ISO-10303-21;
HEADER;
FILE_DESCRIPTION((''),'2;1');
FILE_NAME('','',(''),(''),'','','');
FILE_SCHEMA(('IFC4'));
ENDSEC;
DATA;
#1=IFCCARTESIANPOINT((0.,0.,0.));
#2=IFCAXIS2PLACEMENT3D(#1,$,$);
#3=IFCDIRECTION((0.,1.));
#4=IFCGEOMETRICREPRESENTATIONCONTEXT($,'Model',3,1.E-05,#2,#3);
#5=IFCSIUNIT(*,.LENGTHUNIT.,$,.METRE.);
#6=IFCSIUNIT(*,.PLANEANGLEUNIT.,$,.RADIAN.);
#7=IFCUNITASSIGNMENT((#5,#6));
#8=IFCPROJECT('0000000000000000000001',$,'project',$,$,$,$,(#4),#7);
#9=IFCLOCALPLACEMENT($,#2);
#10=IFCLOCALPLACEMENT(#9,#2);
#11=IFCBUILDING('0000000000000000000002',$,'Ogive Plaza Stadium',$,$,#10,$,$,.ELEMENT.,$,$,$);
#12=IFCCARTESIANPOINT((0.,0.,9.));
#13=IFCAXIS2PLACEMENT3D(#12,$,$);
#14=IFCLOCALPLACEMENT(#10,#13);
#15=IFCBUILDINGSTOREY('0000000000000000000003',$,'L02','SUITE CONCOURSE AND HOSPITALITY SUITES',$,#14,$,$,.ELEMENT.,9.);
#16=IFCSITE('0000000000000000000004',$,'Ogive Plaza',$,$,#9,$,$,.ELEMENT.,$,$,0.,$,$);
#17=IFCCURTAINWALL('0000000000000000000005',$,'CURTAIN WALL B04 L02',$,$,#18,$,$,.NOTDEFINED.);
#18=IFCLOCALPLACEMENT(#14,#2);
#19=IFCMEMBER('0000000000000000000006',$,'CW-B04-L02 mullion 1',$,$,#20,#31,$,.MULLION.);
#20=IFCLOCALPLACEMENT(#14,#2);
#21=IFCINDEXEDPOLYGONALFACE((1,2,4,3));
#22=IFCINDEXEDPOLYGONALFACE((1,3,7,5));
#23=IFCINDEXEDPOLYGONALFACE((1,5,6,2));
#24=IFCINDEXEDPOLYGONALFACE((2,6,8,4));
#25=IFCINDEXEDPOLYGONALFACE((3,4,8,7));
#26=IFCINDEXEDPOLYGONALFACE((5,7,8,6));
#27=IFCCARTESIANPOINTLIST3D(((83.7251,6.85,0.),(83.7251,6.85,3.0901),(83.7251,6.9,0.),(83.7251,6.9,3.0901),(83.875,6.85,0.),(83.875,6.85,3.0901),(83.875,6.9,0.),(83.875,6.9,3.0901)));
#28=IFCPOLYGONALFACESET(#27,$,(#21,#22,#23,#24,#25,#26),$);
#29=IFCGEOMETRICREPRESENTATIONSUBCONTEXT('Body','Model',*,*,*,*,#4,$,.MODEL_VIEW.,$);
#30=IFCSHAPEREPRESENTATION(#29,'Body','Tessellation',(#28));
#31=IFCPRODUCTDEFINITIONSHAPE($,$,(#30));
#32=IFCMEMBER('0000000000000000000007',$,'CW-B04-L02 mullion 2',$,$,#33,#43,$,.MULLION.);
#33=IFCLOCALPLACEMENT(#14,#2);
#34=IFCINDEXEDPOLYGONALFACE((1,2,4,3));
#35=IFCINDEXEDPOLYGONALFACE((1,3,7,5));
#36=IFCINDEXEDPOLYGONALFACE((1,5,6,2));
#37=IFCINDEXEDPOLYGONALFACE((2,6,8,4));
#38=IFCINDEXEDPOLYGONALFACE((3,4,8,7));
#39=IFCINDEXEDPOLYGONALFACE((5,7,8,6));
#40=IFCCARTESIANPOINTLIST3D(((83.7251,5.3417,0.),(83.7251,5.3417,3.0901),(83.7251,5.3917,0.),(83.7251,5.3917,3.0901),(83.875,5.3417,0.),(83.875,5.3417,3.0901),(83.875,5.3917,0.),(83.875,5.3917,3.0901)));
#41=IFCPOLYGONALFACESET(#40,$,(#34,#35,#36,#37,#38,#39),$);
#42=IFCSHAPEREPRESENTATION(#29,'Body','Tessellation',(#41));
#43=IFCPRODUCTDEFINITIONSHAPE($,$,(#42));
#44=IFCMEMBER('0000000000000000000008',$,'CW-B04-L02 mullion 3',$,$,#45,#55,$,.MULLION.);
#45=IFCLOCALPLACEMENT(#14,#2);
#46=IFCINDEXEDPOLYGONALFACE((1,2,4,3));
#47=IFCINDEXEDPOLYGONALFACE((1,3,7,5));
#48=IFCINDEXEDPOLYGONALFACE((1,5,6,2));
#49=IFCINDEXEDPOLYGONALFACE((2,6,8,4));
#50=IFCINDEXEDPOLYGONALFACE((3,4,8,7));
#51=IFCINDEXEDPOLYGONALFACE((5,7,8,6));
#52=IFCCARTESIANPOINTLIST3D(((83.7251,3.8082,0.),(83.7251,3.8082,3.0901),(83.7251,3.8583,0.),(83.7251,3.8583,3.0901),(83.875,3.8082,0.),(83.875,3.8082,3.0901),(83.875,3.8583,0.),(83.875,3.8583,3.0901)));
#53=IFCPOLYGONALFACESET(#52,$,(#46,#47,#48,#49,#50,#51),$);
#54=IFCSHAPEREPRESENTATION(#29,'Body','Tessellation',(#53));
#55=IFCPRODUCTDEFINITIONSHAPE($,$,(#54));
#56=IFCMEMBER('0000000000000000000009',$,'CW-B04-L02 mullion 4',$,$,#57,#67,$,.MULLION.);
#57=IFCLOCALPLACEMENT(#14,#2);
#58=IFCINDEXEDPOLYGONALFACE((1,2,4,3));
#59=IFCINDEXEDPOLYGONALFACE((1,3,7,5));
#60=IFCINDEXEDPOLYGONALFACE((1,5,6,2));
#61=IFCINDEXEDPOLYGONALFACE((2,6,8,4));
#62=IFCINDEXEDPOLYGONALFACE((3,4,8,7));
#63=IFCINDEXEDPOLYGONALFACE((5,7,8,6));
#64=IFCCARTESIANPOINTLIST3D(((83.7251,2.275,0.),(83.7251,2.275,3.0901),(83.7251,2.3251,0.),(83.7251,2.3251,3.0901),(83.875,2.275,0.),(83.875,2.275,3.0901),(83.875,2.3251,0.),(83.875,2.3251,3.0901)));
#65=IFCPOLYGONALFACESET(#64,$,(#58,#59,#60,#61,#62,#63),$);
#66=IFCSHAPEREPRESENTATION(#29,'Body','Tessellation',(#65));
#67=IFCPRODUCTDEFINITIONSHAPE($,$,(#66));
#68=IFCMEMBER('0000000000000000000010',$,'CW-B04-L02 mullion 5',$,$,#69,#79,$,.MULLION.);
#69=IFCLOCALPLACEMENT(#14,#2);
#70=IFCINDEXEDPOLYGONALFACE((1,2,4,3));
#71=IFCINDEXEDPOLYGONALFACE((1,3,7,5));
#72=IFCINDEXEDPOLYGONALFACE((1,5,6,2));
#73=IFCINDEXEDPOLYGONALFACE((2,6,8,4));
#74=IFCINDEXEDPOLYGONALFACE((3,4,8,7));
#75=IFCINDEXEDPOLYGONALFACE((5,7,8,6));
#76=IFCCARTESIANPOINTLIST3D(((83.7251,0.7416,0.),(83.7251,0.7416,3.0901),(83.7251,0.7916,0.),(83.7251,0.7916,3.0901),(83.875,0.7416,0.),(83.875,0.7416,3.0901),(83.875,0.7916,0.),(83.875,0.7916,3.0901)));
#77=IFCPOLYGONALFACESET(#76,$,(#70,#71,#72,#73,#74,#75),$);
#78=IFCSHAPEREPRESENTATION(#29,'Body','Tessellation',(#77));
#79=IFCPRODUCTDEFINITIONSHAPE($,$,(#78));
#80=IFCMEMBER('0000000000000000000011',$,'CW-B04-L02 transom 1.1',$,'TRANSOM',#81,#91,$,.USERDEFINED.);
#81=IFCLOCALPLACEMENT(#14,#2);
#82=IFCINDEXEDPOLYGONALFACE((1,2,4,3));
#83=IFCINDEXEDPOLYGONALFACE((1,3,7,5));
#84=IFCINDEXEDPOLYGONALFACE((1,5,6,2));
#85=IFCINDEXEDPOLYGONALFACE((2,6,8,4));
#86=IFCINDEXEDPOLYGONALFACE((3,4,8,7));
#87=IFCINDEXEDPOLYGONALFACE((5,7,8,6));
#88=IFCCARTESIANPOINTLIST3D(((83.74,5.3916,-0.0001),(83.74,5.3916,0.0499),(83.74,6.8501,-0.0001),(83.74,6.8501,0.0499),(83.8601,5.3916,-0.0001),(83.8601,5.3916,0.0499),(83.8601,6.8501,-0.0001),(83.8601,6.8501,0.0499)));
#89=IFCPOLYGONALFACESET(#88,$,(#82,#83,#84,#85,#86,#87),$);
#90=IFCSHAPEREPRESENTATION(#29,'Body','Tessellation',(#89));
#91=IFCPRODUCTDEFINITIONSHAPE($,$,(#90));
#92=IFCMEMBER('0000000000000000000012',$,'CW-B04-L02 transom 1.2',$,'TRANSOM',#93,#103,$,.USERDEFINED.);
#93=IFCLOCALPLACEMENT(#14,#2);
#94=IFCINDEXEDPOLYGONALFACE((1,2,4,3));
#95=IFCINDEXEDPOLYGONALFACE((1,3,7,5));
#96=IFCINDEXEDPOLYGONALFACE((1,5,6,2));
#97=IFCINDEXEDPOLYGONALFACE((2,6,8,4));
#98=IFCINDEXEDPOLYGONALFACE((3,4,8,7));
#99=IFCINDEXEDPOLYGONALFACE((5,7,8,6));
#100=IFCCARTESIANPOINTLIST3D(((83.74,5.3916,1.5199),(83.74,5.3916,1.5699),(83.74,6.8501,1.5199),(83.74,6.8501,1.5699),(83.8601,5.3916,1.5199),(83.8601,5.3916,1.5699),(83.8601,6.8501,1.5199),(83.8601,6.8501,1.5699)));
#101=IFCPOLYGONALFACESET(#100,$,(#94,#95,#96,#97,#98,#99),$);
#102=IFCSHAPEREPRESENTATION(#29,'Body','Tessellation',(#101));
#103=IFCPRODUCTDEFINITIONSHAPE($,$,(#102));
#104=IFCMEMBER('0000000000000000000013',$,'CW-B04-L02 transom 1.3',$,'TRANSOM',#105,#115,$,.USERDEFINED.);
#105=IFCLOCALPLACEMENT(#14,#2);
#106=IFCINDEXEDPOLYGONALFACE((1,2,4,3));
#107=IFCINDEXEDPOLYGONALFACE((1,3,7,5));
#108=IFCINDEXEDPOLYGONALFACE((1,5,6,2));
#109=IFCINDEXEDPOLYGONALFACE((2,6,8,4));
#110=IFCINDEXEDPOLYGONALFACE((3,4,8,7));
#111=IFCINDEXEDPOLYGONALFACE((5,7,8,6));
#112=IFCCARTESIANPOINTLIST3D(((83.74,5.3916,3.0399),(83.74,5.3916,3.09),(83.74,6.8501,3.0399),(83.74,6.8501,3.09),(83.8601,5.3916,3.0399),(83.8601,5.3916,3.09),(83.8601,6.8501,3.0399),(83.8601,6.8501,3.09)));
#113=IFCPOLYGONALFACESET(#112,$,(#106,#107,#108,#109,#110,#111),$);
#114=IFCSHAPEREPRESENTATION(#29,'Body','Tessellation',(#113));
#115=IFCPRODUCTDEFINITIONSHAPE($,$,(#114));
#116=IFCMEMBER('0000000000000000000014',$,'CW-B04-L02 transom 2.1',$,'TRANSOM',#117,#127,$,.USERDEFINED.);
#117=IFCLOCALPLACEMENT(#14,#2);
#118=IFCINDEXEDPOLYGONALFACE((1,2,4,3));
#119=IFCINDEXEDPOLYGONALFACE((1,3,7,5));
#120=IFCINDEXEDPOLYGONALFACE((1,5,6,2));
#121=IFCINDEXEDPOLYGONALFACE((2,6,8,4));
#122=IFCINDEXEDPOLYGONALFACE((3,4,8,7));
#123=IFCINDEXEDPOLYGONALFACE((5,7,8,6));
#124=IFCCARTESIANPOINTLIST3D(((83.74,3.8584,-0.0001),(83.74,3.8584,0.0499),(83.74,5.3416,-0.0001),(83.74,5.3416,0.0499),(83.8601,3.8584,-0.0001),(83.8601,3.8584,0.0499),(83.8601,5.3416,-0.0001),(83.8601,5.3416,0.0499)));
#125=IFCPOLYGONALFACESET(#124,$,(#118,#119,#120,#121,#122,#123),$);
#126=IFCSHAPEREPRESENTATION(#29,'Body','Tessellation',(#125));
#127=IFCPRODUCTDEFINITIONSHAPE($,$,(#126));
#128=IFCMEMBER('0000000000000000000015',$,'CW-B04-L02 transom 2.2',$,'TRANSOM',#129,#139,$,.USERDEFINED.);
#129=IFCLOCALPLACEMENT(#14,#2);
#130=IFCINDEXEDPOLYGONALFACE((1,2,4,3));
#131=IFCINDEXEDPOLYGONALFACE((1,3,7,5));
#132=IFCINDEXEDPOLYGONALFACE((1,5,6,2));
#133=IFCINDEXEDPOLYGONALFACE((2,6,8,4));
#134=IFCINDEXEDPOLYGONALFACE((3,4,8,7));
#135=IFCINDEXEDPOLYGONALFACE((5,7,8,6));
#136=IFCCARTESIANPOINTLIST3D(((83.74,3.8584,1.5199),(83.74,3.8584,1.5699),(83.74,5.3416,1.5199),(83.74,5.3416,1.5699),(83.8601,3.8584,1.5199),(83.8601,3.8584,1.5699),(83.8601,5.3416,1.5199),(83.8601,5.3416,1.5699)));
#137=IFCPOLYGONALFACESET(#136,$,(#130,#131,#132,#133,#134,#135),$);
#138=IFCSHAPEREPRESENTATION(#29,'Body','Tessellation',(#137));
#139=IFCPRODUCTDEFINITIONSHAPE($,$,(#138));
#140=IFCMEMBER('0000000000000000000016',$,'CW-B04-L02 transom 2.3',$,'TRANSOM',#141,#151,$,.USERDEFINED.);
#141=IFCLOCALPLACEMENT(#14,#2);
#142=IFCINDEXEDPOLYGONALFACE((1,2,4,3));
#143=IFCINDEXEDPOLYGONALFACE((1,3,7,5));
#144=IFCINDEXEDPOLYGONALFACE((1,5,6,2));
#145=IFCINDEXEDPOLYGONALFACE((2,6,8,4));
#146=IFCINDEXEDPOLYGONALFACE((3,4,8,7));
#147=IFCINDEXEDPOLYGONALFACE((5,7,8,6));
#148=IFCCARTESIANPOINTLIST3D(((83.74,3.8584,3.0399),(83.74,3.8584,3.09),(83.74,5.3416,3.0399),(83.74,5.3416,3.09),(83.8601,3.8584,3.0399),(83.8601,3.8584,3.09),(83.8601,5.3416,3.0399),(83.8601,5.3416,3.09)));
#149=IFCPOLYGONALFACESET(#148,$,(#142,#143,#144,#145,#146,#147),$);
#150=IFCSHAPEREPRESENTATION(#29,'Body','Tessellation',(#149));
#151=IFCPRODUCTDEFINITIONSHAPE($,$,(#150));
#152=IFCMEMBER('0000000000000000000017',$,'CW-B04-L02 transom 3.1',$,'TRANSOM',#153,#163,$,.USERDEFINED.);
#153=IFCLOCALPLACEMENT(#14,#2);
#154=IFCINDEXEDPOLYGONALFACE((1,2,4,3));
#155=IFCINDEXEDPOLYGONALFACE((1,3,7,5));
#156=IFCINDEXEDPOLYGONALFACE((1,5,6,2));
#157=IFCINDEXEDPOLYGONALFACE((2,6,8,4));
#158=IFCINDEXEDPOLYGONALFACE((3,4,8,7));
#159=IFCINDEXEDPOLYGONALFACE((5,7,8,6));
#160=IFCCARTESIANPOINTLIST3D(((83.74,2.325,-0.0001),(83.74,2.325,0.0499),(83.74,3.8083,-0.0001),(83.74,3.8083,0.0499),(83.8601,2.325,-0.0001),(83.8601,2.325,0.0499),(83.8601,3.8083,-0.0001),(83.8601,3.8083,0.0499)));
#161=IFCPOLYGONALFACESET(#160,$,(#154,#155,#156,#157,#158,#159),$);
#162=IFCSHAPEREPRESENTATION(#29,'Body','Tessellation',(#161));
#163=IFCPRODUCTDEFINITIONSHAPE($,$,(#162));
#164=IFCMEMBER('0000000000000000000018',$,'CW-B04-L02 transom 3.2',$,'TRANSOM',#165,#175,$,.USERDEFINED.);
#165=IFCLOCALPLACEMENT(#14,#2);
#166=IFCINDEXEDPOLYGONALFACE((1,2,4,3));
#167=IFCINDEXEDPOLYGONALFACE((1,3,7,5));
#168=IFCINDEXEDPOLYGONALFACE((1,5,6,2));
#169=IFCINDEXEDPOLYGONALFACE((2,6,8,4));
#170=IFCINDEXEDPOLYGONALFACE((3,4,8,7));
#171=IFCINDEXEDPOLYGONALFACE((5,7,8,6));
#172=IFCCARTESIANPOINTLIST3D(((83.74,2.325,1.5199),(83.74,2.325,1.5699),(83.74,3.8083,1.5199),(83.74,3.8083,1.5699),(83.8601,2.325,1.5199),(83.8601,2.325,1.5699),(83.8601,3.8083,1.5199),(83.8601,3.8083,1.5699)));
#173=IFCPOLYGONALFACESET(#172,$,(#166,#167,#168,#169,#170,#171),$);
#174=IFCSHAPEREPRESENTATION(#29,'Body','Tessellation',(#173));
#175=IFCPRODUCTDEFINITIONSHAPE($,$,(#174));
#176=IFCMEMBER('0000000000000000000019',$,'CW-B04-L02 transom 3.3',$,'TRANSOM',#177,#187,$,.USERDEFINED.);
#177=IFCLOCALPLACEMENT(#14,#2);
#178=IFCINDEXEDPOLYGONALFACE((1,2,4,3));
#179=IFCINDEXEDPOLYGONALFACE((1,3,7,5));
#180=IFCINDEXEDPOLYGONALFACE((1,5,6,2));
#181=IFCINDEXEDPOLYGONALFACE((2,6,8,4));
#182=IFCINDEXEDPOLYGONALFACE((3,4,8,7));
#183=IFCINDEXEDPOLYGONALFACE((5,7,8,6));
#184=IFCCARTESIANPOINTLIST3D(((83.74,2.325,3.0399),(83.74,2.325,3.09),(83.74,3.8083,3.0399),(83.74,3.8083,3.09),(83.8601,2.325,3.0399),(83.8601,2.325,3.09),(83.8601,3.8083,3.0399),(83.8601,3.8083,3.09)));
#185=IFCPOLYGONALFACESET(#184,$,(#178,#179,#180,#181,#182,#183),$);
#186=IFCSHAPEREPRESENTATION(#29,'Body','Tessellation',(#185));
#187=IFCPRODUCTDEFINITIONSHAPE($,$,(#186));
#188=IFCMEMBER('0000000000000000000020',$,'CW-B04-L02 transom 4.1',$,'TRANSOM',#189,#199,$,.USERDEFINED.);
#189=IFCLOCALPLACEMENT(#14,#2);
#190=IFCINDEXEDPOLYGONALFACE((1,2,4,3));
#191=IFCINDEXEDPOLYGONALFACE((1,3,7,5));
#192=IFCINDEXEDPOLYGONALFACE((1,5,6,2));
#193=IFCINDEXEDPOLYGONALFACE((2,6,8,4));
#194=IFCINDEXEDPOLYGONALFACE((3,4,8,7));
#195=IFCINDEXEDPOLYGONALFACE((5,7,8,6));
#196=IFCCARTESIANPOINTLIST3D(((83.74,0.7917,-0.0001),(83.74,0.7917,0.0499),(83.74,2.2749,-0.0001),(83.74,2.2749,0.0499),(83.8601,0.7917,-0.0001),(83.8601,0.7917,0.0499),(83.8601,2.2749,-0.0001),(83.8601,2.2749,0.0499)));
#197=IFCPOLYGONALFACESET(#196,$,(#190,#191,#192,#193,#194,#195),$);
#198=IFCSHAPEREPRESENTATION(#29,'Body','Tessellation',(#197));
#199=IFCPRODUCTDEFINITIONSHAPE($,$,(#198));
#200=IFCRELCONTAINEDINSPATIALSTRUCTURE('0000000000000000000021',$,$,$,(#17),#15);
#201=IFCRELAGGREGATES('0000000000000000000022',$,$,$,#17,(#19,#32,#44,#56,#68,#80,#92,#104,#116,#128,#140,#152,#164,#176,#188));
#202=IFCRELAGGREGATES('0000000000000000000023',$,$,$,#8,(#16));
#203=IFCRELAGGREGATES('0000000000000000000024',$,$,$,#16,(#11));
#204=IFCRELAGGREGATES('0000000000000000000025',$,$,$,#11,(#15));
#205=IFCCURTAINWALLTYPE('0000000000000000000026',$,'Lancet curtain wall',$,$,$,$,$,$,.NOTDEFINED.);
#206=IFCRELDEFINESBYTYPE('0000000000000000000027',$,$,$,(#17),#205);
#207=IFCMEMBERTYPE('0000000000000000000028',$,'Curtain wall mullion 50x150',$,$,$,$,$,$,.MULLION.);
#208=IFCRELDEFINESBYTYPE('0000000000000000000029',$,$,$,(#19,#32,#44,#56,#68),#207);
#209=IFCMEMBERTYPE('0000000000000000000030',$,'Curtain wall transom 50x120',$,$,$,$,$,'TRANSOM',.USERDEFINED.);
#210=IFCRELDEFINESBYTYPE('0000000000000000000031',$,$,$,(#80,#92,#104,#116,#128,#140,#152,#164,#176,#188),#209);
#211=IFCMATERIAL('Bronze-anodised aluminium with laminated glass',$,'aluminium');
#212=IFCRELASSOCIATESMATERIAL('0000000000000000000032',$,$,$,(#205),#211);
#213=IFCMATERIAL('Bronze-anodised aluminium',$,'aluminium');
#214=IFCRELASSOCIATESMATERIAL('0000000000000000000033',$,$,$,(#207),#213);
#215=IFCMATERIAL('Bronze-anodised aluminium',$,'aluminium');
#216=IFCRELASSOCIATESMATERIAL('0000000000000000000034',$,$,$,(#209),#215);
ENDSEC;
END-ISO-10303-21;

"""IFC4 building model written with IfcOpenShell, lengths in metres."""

from ifc_helpers import new_model, si_unit, direction, frame, origin, origin_2d, place, context, subcontext, project, spatial, rectangle, extrude, material, material_profile, profile_set, type_object, element, aggregate, save


model = new_model("IFC4")

# Units and contexts
model_context = context("Model", 3, precision=1e-05, world=origin(), true_north=direction((0.0, 1.0)))
body_context = subcontext(model_context, "Body", "Model", "MODEL_VIEW")
ifc_project = project(units=[si_unit("LENGTHUNIT", "METRE"), si_unit("PLANEANGLEUNIT", "RADIAN")], contexts=[model_context])

# Site, building, storey
site_placement = place(None, origin())
site = spatial("IfcSite", under=ifc_project, at=site_placement, Name="Ogive Plaza", CompositionType="ELEMENT", RefElevation=0.0)
building_placement = place(site_placement, origin())
building = spatial("IfcBuilding", under=site, at=building_placement, Name="Ogive Plaza Stadium", CompositionType="ELEMENT")
storey_placement = place(building_placement, frame((0.0, 0.0, 9.0)))
storey = spatial("IfcBuildingStorey", under=building, at=storey_placement, Name="L02", Description="SUITE CONCOURSE AND HOSPITALITY SUITES", CompositionType="ELEMENT", Elevation=9.0)

# Curtain wall, members
ifc_material_1 = material(Name="Bronze-anodised aluminium with laminated glass", Category="aluminium")
curtain_wall_type = type_object("IfcCurtainWallType", Name="Lancet curtain wall", PredefinedType="NOTDEFINED", material=ifc_material_1)
curtain_wall_placement = place(storey_placement, origin())
curtain_wall = element("IfcCurtainWall", 1, at=curtain_wall_placement, inside=storey, type_object=curtain_wall_type, Name="CURTAIN WALL B04 L02", PredefinedType="NOTDEFINED")
ifc_material_2 = material(Name="Bronze-anodised aluminium", Category="aluminium")
ifc_material_profile_1 = material_profile(ifc_material_2, rectangle(XDim=0.1499, YDim=0.05, at=origin_2d()), Name="AL 150x50")
ifc_profile_set_1 = profile_set([ifc_material_profile_1], Name="Bronze-anodised aluminium")
member_type_1 = type_object("IfcMemberType", Name="Curtain wall mullion 50x150", PredefinedType="MULLION", material=ifc_profile_set_1)
member_1_placement = place(storey_placement, frame((83.8, 6.875, 0.0), z_axis=(0.0, 0.0, 1.0), x_axis=(1.0, 0.0, 0.0)))
member_1 = element("IfcMember", 2, at=member_1_placement, type_object=member_type_1, Name="CW-B04-L02 mullion 1", PredefinedType="MULLION", context=body_context, shape_type="SweptSolid", body=[
    extrude(rectangle(XDim=0.1499, YDim=0.05, at=origin_2d()), origin(), (0.0, 0.0, 1.0), 3.0901),
])
member_2_placement = place(storey_placement, frame((83.8, 5.3667, 0.0), z_axis=(0.0, 0.0, 1.0), x_axis=(1.0, 0.0, 0.0)))
member_2 = element("IfcMember", 3, at=member_2_placement, type_object=member_type_1, Name="CW-B04-L02 mullion 2", PredefinedType="MULLION", context=body_context, shape_type="SweptSolid", body=[
    extrude(rectangle(XDim=0.1499, YDim=0.05, at=origin_2d()), origin(), (0.0, 0.0, 1.0), 3.0901),
])
member_3_placement = place(storey_placement, frame((83.8, 3.8333, 0.0), z_axis=(0.0, 0.0, 1.0), x_axis=(1.0, 0.0, 0.0)))
member_3 = element("IfcMember", 4, at=member_3_placement, type_object=member_type_1, Name="CW-B04-L02 mullion 3", PredefinedType="MULLION", context=body_context, shape_type="SweptSolid", body=[
    extrude(rectangle(XDim=0.1499, YDim=0.05, at=origin_2d()), origin(), (0.0, 0.0, 1.0), 3.0901),
])
member_4_placement = place(storey_placement, frame((83.8, 2.3, 0.0), z_axis=(0.0, 0.0, 1.0), x_axis=(1.0, 0.0, 0.0)))
member_4 = element("IfcMember", 5, at=member_4_placement, type_object=member_type_1, Name="CW-B04-L02 mullion 4", PredefinedType="MULLION", context=body_context, shape_type="SweptSolid", body=[
    extrude(rectangle(XDim=0.1499, YDim=0.05, at=origin_2d()), origin(), (0.0, 0.0, 1.0), 3.0901),
])
member_5_placement = place(storey_placement, frame((83.8, 0.7666, 0.0), z_axis=(0.0, 0.0, 1.0), x_axis=(1.0, 0.0, 0.0)))
member_5 = element("IfcMember", 6, at=member_5_placement, type_object=member_type_1, Name="CW-B04-L02 mullion 5", PredefinedType="MULLION", context=body_context, shape_type="SweptSolid", body=[
    extrude(rectangle(XDim=0.1499, YDim=0.05, at=origin_2d()), origin(), (0.0, 0.0, 1.0), 3.0901),
])
ifc_material_3 = material(Name="Bronze-anodised aluminium", Category="aluminium")
ifc_material_profile_2 = material_profile(ifc_material_3, rectangle(XDim=0.1201, YDim=0.05, at=origin_2d()), Name="AL 120x50")
ifc_profile_set_2 = profile_set([ifc_material_profile_2], Name="Bronze-anodised aluminium")
member_type_2 = type_object("IfcMemberType", Name="Curtain wall transom 50x120", ElementType="TRANSOM", PredefinedType="USERDEFINED", material=ifc_profile_set_2)
member_6_placement = place(storey_placement, frame((83.8, 6.8501, 0.0249), z_axis=(0.0, -1.0, 0.0), x_axis=(1.0, 0.0, 0.0)))
member_6 = element("IfcMember", 7, at=member_6_placement, type_object=member_type_2, Name="CW-B04-L02 transom 1.1", ObjectType="TRANSOM", PredefinedType="USERDEFINED", context=body_context, shape_type="SweptSolid", body=[
    extrude(rectangle(XDim=0.1201, YDim=0.05, at=origin_2d()), origin(), (0.0, 0.0, 1.0), 1.4585),
])
member_7_placement = place(storey_placement, frame((83.8, 6.8501, 1.5449), z_axis=(0.0, -1.0, 0.0), x_axis=(1.0, 0.0, 0.0)))
member_7 = element("IfcMember", 8, at=member_7_placement, type_object=member_type_2, Name="CW-B04-L02 transom 1.2", ObjectType="TRANSOM", PredefinedType="USERDEFINED", context=body_context, shape_type="SweptSolid", body=[
    extrude(rectangle(XDim=0.1201, YDim=0.05, at=origin_2d()), origin(), (0.0, 0.0, 1.0), 1.4585),
])
member_8_placement = place(storey_placement, frame((83.8, 6.8501, 3.0649), z_axis=(0.0, -1.0, 0.0), x_axis=(1.0, 0.0, 0.0)))
member_8 = element("IfcMember", 9, at=member_8_placement, type_object=member_type_2, Name="CW-B04-L02 transom 1.3", ObjectType="TRANSOM", PredefinedType="USERDEFINED", context=body_context, shape_type="SweptSolid", body=[
    extrude(rectangle(XDim=0.1201, YDim=0.05, at=origin_2d()), origin(), (0.0, 0.0, 1.0), 1.4585),
])
member_9_placement = place(storey_placement, frame((83.8, 5.3416, 0.0249), z_axis=(0.0, -1.0, 0.0), x_axis=(1.0, 0.0, 0.0)))
member_9 = element("IfcMember", 10, at=member_9_placement, type_object=member_type_2, Name="CW-B04-L02 transom 2.1", ObjectType="TRANSOM", PredefinedType="USERDEFINED", context=body_context, shape_type="SweptSolid", body=[
    extrude(rectangle(XDim=0.1201, YDim=0.05, at=origin_2d()), origin(), (0.0, 0.0, 1.0), 1.4832),
])
member_10_placement = place(storey_placement, frame((83.8, 5.3416, 1.5449), z_axis=(0.0, -1.0, 0.0), x_axis=(1.0, 0.0, 0.0)))
member_10 = element("IfcMember", 11, at=member_10_placement, type_object=member_type_2, Name="CW-B04-L02 transom 2.2", ObjectType="TRANSOM", PredefinedType="USERDEFINED", context=body_context, shape_type="SweptSolid", body=[
    extrude(rectangle(XDim=0.1201, YDim=0.05, at=origin_2d()), origin(), (0.0, 0.0, 1.0), 1.4832),
])
member_11_placement = place(storey_placement, frame((83.8, 5.3416, 3.0649), z_axis=(0.0, -1.0, 0.0), x_axis=(1.0, 0.0, 0.0)))
member_11 = element("IfcMember", 12, at=member_11_placement, type_object=member_type_2, Name="CW-B04-L02 transom 2.3", ObjectType="TRANSOM", PredefinedType="USERDEFINED", context=body_context, shape_type="SweptSolid", body=[
    extrude(rectangle(XDim=0.1201, YDim=0.05, at=origin_2d()), origin(), (0.0, 0.0, 1.0), 1.4832),
])
member_12_placement = place(storey_placement, frame((83.8, 3.8083, 0.0249), z_axis=(0.0, -1.0, 0.0), x_axis=(1.0, 0.0, 0.0)))
member_12 = element("IfcMember", 13, at=member_12_placement, type_object=member_type_2, Name="CW-B04-L02 transom 3.1", ObjectType="TRANSOM", PredefinedType="USERDEFINED", context=body_context, shape_type="SweptSolid", body=[
    extrude(rectangle(XDim=0.1201, YDim=0.05, at=origin_2d()), origin(), (0.0, 0.0, 1.0), 1.4834),
])
member_13_placement = place(storey_placement, frame((83.8, 3.8083, 1.5449), z_axis=(0.0, -1.0, 0.0), x_axis=(1.0, 0.0, 0.0)))
member_13 = element("IfcMember", 14, at=member_13_placement, type_object=member_type_2, Name="CW-B04-L02 transom 3.2", ObjectType="TRANSOM", PredefinedType="USERDEFINED", context=body_context, shape_type="SweptSolid", body=[
    extrude(rectangle(XDim=0.1201, YDim=0.05, at=origin_2d()), origin(), (0.0, 0.0, 1.0), 1.4834),
])
member_14_placement = place(storey_placement, frame((83.8, 3.8083, 3.0649), z_axis=(0.0, -1.0, 0.0), x_axis=(1.0, 0.0, 0.0)))
member_14 = element("IfcMember", 15, at=member_14_placement, type_object=member_type_2, Name="CW-B04-L02 transom 3.3", ObjectType="TRANSOM", PredefinedType="USERDEFINED", context=body_context, shape_type="SweptSolid", body=[
    extrude(rectangle(XDim=0.1201, YDim=0.05, at=origin_2d()), origin(), (0.0, 0.0, 1.0), 1.4834),
])
member_15_placement = place(storey_placement, frame((83.8, 2.2749, 0.0249), z_axis=(0.0, -1.0, 0.0), x_axis=(1.0, 0.0, 0.0)))
member_15 = element("IfcMember", 16, at=member_15_placement, type_object=member_type_2, Name="CW-B04-L02 transom 4.1", ObjectType="TRANSOM", PredefinedType="USERDEFINED", context=body_context, shape_type="SweptSolid", body=[
    extrude(rectangle(XDim=0.1201, YDim=0.05, at=origin_2d()), origin(), (0.0, 0.0, 1.0), 1.4832),
])
aggregate(curtain_wall, [member_1, member_2, member_3, member_4, member_5, member_6, member_7, member_8, member_9, member_10, member_11, member_12, member_13, member_14, member_15])

save(model, "model.ifc")
